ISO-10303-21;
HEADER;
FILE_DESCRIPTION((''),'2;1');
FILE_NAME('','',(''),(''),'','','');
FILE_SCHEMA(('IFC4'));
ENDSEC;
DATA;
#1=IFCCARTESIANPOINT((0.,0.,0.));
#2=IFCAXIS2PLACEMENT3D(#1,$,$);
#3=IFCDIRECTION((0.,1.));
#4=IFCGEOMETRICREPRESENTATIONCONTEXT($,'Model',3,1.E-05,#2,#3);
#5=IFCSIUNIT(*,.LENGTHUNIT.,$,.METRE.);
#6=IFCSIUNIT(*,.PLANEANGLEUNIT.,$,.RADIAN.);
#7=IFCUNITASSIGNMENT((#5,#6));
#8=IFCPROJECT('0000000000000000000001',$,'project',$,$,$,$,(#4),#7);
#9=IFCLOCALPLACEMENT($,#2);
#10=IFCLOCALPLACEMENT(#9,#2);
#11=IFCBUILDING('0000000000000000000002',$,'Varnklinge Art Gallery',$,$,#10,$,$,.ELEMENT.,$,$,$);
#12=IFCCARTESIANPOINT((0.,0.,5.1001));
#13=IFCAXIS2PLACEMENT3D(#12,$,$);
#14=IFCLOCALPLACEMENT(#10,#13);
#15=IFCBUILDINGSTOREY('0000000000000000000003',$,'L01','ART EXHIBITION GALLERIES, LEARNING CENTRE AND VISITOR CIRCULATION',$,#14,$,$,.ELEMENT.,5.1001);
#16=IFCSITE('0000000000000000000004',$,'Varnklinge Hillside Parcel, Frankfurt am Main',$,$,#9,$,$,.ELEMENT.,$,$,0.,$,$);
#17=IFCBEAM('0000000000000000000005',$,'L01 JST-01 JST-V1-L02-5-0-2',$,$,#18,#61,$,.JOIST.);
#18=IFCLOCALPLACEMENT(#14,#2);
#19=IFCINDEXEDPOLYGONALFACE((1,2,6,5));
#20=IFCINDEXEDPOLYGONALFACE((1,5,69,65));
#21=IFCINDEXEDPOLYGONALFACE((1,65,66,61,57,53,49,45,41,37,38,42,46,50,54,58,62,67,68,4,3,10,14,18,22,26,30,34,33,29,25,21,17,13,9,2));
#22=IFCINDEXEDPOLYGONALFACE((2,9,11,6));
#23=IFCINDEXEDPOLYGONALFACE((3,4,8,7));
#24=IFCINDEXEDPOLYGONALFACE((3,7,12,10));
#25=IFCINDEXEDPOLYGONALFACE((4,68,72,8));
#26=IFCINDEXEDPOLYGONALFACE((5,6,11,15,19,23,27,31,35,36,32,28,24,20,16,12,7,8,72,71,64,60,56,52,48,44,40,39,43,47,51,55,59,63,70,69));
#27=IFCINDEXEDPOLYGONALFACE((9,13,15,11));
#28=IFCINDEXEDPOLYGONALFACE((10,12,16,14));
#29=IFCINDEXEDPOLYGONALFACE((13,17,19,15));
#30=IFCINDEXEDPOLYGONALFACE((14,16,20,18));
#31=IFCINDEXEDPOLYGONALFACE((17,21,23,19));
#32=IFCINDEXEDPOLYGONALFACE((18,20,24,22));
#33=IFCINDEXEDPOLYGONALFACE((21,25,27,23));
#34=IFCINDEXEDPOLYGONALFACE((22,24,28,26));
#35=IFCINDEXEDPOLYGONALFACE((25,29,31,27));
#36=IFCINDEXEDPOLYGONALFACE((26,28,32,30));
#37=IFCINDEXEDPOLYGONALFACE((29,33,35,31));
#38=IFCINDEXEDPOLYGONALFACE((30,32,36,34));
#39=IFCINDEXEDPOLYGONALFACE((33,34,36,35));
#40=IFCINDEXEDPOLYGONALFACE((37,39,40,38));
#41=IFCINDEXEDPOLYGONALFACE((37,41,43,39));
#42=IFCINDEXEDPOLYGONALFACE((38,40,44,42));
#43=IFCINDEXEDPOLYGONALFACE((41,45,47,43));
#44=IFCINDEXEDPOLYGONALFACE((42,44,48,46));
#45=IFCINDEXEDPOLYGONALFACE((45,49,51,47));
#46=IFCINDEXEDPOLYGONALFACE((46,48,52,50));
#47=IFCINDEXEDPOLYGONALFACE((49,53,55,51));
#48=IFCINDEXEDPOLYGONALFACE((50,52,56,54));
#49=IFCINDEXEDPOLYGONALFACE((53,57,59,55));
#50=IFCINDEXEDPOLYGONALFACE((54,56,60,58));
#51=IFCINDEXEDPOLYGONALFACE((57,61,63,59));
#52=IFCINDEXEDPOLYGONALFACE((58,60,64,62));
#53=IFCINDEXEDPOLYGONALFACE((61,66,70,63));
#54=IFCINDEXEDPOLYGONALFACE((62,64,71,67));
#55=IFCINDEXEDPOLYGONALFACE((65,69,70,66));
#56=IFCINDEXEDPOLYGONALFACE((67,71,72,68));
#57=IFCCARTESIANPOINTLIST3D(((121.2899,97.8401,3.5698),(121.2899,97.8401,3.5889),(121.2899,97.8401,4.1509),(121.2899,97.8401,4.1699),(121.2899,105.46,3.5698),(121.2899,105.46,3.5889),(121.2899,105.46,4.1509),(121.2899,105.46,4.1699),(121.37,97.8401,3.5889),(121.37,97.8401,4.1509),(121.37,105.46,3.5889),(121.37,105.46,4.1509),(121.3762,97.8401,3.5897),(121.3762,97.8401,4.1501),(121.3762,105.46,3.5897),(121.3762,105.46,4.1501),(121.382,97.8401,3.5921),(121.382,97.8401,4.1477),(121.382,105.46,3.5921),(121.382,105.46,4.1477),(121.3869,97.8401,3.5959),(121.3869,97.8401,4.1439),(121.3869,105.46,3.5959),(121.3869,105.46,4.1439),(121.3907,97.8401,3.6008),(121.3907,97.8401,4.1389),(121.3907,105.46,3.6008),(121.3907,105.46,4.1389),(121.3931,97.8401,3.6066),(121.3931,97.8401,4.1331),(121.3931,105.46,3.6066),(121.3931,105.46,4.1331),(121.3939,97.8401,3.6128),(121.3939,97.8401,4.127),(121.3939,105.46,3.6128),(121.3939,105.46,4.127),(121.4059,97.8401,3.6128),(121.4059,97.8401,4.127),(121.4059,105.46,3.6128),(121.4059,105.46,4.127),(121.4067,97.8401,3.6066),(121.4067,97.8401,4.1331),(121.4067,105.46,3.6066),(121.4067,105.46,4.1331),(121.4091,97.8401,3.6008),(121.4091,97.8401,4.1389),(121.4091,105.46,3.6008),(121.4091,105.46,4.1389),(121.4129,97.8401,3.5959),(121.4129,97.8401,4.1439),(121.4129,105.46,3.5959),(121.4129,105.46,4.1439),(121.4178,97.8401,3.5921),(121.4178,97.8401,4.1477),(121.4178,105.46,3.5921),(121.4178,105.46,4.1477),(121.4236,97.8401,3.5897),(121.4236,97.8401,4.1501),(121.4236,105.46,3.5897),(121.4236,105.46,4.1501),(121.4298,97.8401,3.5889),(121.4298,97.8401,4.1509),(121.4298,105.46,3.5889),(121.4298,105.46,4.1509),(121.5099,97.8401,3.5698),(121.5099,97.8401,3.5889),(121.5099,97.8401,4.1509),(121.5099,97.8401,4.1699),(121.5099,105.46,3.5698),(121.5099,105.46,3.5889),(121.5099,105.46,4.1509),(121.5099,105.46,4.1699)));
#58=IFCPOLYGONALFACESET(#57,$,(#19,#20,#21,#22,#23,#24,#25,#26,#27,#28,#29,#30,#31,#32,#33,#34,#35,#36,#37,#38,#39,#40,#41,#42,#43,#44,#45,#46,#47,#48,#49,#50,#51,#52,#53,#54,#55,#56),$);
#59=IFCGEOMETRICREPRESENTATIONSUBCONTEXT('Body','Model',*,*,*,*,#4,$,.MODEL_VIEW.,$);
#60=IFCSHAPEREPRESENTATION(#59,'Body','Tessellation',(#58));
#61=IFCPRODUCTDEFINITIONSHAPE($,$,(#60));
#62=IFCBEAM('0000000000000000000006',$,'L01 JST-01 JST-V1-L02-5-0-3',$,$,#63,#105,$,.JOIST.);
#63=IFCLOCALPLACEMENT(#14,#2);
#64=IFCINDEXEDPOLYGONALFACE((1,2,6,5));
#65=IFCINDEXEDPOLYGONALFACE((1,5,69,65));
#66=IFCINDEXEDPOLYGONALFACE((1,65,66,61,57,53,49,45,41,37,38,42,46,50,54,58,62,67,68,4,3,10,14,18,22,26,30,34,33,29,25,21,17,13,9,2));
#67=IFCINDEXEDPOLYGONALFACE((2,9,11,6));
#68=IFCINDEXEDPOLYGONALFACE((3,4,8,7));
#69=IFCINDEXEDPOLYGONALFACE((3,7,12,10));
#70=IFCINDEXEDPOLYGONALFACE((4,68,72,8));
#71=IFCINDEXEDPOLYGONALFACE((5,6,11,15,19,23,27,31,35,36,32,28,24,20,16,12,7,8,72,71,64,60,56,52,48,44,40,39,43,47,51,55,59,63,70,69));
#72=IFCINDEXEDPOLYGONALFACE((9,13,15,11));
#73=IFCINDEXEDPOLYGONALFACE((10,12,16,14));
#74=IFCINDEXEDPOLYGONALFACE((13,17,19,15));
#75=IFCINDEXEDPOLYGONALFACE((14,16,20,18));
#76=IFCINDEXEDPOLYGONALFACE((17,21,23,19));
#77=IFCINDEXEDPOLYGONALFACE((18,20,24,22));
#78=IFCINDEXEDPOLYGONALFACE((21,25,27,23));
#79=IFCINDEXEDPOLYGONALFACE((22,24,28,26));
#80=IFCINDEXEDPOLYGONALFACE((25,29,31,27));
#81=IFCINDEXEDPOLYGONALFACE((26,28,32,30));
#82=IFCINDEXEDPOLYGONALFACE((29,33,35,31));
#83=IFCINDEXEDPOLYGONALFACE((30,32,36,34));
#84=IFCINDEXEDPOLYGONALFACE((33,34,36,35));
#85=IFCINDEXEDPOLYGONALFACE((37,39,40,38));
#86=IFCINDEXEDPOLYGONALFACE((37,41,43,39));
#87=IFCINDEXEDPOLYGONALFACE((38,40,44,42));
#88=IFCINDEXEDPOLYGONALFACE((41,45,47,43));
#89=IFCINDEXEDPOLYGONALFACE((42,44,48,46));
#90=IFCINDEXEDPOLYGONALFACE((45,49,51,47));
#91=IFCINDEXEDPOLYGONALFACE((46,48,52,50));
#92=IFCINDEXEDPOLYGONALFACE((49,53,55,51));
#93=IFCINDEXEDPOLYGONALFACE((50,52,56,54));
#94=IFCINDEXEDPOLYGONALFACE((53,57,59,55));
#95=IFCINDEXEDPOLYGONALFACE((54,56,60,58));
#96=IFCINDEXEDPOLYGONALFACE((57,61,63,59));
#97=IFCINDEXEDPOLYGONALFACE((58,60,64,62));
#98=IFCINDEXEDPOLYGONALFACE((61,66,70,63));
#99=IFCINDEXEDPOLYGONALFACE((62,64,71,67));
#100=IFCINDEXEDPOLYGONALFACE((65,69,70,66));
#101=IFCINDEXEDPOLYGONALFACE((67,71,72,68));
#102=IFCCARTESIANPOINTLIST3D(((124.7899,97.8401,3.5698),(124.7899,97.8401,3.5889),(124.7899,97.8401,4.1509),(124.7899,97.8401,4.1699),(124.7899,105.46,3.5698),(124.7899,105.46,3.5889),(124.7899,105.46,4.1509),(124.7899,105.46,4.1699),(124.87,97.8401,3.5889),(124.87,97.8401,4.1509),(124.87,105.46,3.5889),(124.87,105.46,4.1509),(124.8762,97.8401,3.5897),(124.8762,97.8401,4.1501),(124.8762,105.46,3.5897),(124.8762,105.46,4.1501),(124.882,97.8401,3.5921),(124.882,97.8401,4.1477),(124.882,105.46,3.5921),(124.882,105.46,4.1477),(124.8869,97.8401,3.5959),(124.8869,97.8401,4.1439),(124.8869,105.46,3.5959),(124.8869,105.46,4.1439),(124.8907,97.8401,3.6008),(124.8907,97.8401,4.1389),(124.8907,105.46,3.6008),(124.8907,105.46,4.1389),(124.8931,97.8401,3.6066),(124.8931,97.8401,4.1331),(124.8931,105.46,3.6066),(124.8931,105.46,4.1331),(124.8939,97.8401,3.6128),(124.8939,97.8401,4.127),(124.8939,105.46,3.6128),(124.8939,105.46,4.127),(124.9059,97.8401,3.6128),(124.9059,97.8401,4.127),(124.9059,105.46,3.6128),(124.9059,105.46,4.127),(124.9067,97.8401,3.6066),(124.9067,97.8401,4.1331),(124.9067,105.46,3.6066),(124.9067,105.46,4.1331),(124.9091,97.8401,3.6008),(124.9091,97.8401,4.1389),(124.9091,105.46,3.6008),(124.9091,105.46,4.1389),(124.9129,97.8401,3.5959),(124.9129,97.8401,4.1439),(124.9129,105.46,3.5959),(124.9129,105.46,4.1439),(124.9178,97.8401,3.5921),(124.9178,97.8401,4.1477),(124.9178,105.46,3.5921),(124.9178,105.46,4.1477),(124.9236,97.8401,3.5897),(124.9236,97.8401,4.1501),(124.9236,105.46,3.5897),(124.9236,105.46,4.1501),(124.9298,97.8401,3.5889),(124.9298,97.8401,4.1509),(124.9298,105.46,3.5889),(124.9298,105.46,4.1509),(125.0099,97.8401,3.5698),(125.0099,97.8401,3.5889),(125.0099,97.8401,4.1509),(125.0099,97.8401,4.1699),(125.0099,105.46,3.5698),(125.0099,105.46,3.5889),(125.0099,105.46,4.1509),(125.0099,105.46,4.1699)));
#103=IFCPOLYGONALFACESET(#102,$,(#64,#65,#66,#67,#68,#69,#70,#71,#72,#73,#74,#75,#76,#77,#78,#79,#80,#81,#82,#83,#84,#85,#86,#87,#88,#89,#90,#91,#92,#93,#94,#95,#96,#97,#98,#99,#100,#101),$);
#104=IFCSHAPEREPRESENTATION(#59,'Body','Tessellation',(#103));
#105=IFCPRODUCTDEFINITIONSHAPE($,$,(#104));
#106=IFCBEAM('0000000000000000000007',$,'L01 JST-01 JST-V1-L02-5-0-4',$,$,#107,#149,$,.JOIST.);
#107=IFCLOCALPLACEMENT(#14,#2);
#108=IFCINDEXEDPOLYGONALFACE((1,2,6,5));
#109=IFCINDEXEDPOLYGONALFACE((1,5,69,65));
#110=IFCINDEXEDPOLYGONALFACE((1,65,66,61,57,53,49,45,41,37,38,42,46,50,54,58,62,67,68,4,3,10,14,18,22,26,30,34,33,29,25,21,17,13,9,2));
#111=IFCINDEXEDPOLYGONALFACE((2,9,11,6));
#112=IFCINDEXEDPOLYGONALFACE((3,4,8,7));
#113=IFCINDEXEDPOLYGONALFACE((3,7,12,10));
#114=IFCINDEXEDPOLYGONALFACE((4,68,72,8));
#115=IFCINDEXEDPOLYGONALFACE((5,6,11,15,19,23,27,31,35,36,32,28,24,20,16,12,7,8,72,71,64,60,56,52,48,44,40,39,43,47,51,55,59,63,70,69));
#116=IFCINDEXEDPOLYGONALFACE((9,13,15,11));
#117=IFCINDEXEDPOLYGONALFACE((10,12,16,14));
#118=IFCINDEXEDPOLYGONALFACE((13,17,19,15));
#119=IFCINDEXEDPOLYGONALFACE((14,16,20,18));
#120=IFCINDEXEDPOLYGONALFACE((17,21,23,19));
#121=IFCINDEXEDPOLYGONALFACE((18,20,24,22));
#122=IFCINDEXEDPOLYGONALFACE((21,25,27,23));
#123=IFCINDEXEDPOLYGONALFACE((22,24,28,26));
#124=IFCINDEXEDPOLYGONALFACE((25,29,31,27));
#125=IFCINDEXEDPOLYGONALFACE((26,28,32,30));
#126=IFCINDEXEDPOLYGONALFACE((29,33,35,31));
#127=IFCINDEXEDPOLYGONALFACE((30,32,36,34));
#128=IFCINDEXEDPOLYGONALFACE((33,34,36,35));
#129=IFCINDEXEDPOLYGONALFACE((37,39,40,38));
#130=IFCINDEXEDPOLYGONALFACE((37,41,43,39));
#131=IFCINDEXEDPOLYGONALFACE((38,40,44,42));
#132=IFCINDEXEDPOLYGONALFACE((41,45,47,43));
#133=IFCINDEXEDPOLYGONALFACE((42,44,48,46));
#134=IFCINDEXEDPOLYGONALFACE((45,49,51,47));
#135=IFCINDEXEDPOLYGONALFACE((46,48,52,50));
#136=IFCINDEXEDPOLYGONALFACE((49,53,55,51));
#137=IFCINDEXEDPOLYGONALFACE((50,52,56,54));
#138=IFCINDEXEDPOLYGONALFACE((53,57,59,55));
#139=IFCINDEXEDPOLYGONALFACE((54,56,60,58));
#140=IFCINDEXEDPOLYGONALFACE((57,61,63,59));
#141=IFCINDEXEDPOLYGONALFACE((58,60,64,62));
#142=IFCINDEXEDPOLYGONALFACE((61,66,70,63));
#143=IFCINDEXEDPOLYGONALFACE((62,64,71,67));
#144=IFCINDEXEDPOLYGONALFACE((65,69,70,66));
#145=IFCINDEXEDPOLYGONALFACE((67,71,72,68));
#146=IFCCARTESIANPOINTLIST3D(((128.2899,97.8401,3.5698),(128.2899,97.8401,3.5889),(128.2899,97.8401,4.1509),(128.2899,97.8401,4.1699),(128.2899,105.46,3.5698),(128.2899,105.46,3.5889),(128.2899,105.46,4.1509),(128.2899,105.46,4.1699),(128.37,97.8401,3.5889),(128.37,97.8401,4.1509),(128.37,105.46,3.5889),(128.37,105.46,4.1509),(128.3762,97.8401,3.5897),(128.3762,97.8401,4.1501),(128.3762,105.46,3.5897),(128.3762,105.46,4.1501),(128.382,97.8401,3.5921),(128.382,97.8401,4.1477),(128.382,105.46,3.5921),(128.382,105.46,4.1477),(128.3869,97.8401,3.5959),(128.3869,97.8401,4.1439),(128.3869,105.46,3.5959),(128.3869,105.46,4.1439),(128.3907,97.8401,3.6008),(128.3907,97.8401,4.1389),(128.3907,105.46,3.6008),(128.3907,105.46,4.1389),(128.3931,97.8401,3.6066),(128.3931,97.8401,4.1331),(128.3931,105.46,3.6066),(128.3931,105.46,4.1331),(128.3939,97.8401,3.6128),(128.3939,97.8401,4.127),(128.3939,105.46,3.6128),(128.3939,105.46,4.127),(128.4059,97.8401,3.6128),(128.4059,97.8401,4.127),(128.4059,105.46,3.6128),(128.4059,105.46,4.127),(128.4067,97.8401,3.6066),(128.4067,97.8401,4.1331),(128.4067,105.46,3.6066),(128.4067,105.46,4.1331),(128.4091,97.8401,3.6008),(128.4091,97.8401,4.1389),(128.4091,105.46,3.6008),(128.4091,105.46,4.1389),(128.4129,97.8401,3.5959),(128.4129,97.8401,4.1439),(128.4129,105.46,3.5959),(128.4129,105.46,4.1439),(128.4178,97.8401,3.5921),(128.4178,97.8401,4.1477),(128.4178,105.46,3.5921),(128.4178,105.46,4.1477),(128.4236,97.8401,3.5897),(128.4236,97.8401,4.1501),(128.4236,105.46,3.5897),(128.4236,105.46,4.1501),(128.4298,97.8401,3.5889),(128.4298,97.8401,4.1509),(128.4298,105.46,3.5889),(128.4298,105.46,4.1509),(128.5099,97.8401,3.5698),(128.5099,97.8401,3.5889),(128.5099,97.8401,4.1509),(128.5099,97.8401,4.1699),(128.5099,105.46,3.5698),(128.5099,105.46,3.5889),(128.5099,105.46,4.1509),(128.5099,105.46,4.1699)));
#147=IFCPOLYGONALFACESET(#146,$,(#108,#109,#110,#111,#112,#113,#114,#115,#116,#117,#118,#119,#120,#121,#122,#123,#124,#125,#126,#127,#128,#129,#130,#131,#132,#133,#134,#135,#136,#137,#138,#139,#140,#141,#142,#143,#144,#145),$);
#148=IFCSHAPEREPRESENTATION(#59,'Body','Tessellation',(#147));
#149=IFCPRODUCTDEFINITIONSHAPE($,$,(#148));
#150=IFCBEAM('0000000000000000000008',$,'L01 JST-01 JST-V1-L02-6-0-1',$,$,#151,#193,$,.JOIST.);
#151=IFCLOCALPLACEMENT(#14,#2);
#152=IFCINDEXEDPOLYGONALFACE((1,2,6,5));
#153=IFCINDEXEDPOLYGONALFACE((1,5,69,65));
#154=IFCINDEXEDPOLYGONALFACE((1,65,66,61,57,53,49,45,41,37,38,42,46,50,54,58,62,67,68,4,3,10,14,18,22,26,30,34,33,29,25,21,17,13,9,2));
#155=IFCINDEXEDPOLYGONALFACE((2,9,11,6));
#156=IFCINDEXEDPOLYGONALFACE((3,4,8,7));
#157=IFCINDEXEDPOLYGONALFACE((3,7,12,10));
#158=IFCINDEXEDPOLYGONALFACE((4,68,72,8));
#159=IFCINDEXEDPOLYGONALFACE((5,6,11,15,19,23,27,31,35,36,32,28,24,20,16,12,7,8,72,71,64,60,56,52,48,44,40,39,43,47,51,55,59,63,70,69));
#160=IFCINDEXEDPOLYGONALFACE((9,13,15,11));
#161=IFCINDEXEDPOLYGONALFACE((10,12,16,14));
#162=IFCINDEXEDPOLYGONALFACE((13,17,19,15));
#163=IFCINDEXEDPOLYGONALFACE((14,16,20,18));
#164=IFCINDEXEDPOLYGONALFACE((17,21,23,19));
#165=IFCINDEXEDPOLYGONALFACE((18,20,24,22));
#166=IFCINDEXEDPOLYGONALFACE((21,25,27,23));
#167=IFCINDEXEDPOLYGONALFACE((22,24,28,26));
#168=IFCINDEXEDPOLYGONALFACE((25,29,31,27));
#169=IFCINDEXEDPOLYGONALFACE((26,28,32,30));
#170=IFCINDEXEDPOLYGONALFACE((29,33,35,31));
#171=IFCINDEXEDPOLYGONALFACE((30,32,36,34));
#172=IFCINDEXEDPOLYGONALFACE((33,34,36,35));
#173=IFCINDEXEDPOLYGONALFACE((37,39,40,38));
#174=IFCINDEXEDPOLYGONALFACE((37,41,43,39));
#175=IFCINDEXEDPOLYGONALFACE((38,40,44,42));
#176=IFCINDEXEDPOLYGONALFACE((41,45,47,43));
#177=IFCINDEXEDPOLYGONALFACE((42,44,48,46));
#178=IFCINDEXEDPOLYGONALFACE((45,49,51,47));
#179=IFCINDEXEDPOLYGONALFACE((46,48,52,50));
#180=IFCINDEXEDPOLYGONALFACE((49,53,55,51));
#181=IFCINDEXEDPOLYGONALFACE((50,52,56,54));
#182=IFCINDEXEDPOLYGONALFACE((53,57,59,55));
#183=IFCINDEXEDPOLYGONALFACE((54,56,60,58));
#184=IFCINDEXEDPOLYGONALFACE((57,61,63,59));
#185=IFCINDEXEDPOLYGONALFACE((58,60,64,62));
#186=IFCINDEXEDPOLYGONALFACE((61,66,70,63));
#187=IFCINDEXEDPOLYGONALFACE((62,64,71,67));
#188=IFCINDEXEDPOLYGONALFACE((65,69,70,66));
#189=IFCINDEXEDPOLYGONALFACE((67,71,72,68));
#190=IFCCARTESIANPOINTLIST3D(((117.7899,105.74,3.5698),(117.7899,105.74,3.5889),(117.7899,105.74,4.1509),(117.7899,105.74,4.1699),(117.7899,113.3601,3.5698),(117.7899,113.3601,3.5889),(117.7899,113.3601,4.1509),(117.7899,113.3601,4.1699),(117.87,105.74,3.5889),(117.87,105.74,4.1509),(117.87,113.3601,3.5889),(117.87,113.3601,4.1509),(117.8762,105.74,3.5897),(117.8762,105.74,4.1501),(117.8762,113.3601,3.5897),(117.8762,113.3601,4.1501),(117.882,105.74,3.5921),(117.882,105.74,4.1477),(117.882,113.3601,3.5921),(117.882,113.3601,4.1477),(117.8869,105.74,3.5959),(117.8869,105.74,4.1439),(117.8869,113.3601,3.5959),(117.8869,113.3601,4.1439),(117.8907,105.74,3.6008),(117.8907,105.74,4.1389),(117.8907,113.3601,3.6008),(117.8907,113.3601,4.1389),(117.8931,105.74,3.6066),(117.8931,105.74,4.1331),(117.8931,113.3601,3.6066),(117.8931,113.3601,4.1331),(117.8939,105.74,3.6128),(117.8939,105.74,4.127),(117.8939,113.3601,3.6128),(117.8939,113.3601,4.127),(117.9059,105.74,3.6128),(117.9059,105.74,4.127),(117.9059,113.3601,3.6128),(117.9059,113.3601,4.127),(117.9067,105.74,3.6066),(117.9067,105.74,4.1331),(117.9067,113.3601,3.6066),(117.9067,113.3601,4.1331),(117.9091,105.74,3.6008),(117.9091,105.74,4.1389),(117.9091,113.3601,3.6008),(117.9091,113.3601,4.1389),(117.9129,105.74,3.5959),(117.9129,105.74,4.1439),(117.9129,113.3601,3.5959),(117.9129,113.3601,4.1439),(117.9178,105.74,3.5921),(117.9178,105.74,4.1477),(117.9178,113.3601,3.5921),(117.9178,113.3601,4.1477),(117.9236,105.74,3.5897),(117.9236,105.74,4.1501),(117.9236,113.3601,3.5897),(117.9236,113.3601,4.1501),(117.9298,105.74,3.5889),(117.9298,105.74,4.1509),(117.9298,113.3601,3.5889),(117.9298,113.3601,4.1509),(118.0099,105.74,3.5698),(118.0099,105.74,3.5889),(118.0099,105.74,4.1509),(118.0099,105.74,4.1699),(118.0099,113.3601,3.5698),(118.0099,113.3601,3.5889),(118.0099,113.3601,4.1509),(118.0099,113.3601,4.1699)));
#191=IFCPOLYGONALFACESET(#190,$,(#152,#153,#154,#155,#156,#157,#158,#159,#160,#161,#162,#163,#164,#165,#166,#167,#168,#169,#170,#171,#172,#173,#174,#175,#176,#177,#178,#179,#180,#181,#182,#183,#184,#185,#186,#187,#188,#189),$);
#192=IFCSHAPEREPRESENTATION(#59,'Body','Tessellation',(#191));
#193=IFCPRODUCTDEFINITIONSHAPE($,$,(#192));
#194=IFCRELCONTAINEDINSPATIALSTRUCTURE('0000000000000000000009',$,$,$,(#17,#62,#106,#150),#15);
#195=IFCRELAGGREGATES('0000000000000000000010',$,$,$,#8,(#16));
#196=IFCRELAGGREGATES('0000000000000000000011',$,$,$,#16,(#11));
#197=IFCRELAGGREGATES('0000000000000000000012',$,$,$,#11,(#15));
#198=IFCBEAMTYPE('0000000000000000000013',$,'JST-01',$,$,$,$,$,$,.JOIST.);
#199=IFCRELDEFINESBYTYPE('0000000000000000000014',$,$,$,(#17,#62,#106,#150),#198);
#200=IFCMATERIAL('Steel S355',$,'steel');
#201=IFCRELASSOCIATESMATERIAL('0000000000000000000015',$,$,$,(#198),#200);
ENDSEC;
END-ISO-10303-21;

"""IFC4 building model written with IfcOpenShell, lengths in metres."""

from ifc_helpers import new_model, si_unit, direction, frame, origin, origin_2d, place, context, subcontext, project, spatial, i_section, extrude, material, material_profile, profile_set, type_object, element, save


model = new_model("IFC4")

# Units and contexts
model_context = context("Model", 3, precision=1e-05, world=origin(), true_north=direction((0.0, 1.0)))
body_context = subcontext(model_context, "Body", "Model", "MODEL_VIEW")
ifc_project = project(units=[si_unit("LENGTHUNIT", "METRE"), si_unit("PLANEANGLEUNIT", "RADIAN")], contexts=[model_context])

# Site, building, storey
site_placement = place(None, origin())
site = spatial("IfcSite", under=ifc_project, at=site_placement, Name="Varnklinge Hillside Parcel, Frankfurt am Main", CompositionType="ELEMENT", RefElevation=0.0)
building_placement = place(site_placement, origin())
building = spatial("IfcBuilding", under=site, at=building_placement, Name="Varnklinge Art Gallery", CompositionType="ELEMENT")
storey_placement = place(building_placement, frame((0.0, 0.0, 5.1001)))
storey = spatial("IfcBuildingStorey", under=building, at=storey_placement, Name="L01", Description="ART EXHIBITION GALLERIES, LEARNING CENTRE AND VISITOR CIRCULATION", CompositionType="ELEMENT", Elevation=5.1001)

# Beams
ifc_material_1 = material(Name="Steel S355", Category="steel")
ifc_material_profile_1 = material_profile(ifc_material_1, i_section(OverallWidth=0.22, OverallDepth=0.6001, WebThickness=0.012, FlangeThickness=0.019, FilletRadius=0.0239, at=origin_2d()), Name="IPE 600")
ifc_profile_set_1 = profile_set([ifc_material_profile_1], Name="Steel S355")
beam_type_1 = type_object("IfcBeamType", Name="JST-01", PredefinedType="JOIST", material=ifc_profile_set_1)
for number, where, z_axis, x_axis, name in (
    (1, (121.3999, 97.8401, 3.8699), (0.0, 1.0, 0.0), (-1.0, 0.0, 0.0), "L01 JST-01 JST-V1-L02-5-0-2"),
    (2, (124.8999, 97.8401, 3.8699), (0.0, 1.0, 0.0), (-1.0, 0.0, 0.0), "L01 JST-01 JST-V1-L02-5-0-3"),
    (3, (128.3999, 97.8401, 3.8699), (0.0, 1.0, 0.0), (-1.0, 0.0, 0.0), "L01 JST-01 JST-V1-L02-5-0-4"),
):
    element("IfcBeam", number, at=place(storey_placement, frame(where, z_axis=z_axis, x_axis=x_axis)), inside=storey, type_object=beam_type_1, Name=name, PredefinedType="JOIST", context=body_context, shape_type="SweptSolid", body=[
        extrude(i_section(OverallWidth=0.22, OverallDepth=0.6001, WebThickness=0.012, FlangeThickness=0.019, FilletRadius=0.0239, at=origin_2d()), origin(), (0.0, 0.0, 1.0), 7.6199),
    ])
for number, where, z_axis, x_axis, name in (
    (4, (117.8999, 105.74, 3.8699), (0.0, 1.0, 0.0), (-1.0, 0.0, 0.0), "L01 JST-01 JST-V1-L02-6-0-1"),
):
    element("IfcBeam", number, at=place(storey_placement, frame(where, z_axis=z_axis, x_axis=x_axis)), inside=storey, type_object=beam_type_1, Name=name, PredefinedType="JOIST", context=body_context, shape_type="SweptSolid", body=[
        extrude(i_section(OverallWidth=0.22, OverallDepth=0.6001, WebThickness=0.012, FlangeThickness=0.019, FilletRadius=0.0239, at=origin_2d()), origin(), (0.0, 0.0, 1.0), 7.6201),
    ])

save(model, "model.ifc")
